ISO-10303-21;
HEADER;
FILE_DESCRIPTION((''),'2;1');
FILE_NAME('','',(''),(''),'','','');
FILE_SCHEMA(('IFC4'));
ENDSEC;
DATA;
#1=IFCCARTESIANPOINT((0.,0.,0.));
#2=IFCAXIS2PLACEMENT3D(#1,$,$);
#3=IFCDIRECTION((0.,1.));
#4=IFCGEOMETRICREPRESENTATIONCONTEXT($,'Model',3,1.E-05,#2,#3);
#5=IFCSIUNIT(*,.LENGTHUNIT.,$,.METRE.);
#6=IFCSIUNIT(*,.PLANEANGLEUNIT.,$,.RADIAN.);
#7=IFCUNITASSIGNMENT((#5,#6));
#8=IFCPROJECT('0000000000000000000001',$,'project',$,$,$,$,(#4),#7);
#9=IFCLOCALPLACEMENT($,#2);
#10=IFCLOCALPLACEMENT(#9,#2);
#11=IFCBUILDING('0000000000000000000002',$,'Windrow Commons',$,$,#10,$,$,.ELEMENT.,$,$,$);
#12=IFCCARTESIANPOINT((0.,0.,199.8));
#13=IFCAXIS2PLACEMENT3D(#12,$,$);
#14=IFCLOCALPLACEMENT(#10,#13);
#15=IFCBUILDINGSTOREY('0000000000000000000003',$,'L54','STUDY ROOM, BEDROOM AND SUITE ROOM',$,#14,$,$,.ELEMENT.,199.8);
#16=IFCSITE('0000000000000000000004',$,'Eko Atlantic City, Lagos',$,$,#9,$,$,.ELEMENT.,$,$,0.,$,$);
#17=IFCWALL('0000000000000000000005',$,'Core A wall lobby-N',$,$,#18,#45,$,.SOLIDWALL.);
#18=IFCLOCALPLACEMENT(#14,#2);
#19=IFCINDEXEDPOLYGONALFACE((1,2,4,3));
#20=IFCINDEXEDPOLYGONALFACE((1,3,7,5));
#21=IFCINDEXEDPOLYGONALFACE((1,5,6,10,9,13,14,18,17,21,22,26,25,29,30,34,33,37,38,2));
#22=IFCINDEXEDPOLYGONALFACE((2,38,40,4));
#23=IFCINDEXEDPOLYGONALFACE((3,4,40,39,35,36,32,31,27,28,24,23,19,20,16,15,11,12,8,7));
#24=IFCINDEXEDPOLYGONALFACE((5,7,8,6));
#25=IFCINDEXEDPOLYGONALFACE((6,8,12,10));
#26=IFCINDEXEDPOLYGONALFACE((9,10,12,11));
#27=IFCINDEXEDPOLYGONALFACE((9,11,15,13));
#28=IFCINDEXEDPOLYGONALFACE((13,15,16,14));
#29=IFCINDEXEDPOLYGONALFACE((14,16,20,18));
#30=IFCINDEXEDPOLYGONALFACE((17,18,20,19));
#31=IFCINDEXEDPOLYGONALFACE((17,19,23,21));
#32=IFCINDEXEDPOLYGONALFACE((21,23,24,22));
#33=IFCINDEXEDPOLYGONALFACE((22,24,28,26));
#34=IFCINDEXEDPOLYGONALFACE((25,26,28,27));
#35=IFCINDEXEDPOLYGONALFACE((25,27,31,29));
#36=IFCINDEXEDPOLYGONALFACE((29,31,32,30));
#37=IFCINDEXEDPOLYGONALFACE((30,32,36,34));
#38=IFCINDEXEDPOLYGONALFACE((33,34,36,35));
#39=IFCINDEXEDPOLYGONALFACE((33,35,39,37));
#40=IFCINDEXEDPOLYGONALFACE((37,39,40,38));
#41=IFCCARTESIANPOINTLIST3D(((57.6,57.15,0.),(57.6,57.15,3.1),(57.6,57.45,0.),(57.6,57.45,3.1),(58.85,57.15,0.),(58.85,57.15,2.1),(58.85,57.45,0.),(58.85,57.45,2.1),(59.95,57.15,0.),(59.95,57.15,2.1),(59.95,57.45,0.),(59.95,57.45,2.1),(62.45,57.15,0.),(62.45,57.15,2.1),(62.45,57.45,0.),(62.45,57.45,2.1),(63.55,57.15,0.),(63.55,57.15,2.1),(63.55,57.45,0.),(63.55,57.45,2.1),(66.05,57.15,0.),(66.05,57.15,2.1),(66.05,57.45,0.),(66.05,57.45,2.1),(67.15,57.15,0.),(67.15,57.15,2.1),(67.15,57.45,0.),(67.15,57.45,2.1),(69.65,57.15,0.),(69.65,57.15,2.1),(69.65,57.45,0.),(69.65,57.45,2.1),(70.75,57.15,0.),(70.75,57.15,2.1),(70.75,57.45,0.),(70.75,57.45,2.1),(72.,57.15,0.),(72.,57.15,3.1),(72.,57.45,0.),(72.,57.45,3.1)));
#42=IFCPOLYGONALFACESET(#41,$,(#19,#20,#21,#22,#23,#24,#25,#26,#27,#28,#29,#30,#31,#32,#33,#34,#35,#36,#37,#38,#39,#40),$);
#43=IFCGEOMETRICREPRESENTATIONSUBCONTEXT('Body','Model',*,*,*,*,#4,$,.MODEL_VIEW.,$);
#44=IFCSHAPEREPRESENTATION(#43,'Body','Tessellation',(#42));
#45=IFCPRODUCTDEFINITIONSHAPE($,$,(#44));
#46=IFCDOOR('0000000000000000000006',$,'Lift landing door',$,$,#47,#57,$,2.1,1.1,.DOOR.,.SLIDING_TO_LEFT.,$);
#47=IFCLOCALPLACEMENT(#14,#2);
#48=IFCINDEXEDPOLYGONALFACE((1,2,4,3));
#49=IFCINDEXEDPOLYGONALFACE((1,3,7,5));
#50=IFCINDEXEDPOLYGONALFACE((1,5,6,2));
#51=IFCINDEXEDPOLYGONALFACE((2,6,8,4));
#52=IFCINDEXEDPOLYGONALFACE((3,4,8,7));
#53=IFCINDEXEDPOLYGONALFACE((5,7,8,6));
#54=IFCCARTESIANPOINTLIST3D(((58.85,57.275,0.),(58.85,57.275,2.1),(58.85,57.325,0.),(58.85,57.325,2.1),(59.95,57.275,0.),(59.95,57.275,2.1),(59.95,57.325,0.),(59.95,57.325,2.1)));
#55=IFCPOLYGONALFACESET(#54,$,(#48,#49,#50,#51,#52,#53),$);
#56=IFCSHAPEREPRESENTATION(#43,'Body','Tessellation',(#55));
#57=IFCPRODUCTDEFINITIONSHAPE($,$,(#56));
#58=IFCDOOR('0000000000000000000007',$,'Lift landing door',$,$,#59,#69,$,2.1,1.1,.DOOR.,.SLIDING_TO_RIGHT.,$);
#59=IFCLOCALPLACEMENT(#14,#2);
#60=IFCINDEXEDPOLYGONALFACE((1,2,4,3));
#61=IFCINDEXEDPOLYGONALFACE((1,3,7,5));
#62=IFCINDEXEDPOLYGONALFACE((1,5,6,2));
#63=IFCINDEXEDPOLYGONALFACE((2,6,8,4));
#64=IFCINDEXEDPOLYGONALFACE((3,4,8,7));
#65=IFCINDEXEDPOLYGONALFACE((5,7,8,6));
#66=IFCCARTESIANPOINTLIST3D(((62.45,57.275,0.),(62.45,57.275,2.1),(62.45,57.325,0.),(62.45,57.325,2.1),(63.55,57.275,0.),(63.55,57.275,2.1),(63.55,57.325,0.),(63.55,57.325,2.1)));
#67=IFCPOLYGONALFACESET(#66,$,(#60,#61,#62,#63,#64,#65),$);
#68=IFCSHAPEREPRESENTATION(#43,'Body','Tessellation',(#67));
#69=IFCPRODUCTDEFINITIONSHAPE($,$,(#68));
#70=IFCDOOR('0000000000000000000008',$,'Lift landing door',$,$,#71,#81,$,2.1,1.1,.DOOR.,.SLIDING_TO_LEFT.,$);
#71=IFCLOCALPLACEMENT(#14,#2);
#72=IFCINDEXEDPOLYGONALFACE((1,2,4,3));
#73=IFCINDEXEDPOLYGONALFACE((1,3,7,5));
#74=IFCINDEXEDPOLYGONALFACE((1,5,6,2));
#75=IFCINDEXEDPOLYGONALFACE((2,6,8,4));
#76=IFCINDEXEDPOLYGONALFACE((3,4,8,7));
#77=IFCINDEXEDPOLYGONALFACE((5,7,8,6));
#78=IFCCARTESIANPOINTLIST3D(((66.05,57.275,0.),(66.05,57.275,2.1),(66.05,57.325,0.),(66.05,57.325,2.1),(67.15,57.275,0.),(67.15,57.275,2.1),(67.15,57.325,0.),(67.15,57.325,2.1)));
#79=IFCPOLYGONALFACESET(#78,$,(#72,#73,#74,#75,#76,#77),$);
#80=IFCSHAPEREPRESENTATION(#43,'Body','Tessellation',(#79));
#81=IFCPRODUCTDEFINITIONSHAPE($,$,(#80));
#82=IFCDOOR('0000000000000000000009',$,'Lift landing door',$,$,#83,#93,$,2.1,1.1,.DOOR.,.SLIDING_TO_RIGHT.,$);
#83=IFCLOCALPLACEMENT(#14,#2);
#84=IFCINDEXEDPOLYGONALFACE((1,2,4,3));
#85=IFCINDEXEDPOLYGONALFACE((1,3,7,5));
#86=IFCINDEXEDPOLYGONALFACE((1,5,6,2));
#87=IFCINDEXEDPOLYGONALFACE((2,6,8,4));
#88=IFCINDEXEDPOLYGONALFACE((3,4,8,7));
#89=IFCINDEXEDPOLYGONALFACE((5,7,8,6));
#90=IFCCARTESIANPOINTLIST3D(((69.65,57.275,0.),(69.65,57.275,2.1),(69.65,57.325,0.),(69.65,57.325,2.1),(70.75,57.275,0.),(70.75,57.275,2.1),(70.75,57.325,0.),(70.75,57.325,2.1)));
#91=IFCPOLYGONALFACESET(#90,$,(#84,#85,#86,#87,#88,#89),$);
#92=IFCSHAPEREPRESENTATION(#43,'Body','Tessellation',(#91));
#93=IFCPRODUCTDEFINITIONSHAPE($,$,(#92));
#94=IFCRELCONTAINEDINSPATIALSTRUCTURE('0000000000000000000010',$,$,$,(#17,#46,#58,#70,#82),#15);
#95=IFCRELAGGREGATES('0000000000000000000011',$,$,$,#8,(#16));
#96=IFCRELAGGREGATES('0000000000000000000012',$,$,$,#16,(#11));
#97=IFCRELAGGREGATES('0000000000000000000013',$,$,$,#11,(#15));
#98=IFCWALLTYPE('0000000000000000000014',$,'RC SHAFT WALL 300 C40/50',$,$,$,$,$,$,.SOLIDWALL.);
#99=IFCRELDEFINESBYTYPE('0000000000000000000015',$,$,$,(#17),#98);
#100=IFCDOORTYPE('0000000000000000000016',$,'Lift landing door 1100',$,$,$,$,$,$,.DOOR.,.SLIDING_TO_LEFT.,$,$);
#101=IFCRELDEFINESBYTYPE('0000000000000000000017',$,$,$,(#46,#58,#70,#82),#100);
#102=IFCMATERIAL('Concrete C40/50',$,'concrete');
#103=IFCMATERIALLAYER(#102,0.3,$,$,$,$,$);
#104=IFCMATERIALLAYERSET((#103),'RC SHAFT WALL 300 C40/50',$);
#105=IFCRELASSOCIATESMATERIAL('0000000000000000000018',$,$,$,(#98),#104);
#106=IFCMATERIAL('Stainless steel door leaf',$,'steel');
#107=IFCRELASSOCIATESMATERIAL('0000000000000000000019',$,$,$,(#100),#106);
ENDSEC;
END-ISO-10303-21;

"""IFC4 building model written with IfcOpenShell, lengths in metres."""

from ifc_helpers import new_model, si_unit, direction, frame, frame_2d, origin, place, context, subcontext, project, spatial, rectangle, extrude, material, layer, layer_set, type_object, element, fill, save


model = new_model("IFC4")

# Units and contexts
model_context = context("Model", 3, precision=1e-05, world=origin(), true_north=direction((0.0, 1.0)))
body_context = subcontext(model_context, "Body", "Model", "MODEL_VIEW")
ifc_project = project(units=[si_unit("LENGTHUNIT", "METRE"), si_unit("PLANEANGLEUNIT", "RADIAN")], contexts=[model_context])

# Site, building, storey
site_placement = place(None, origin())
site = spatial("IfcSite", under=ifc_project, at=site_placement, Name="Eko Atlantic City, Lagos", CompositionType="ELEMENT", RefElevation=0.0)
building_placement = place(site_placement, origin())
building = spatial("IfcBuilding", under=site, at=building_placement, Name="Windrow Commons", CompositionType="ELEMENT")
storey_placement = place(building_placement, frame((0.0, 0.0, 199.8)))
storey = spatial("IfcBuildingStorey", under=building, at=storey_placement, Name="L54", Description="STUDY ROOM, BEDROOM AND SUITE ROOM", CompositionType="ELEMENT", Elevation=199.8)

# Wall, openings, doors
ifc_material_1 = material(Name="Concrete C40/50", Category="concrete")
ifc_layer_1 = layer(ifc_material_1, 0.3)
ifc_layer_set_1 = layer_set([ifc_layer_1], Name="RC SHAFT WALL 300 C40/50")
wall_type_1 = type_object("IfcWallType", Name="RC SHAFT WALL 300 C40/50", PredefinedType="SOLIDWALL", material=ifc_layer_set_1)
ifc_material_2 = material(Name="Stainless steel door leaf", Category="steel")
door_type_1 = type_object("IfcDoorType", Name="Lift landing door 1100", OperationType="SLIDING_TO_LEFT", PredefinedType="DOOR", material=ifc_material_2)
wall_1_placement = place(storey_placement, frame((57.6, 57.3, 0.0), z_axis=(0.0, 0.0, 1.0), x_axis=(1.0, 0.0, 0.0)))
wall_1 = element("IfcWall", 1, at=wall_1_placement, inside=storey, type_object=wall_type_1, Name="Core A wall lobby-N", PredefinedType="SOLIDWALL", context=body_context, shape_type="SweptSolid", body=[
    extrude(rectangle(XDim=14.4, YDim=0.3, at=frame_2d((7.2, 0.0))), origin(), (0.0, 0.0, 1.0), 3.1),
])
opening_1_placement = place(wall_1_placement, frame((1.25, 0.0, 0.0)))
opening_1 = element("IfcOpeningElement", 2, at=opening_1_placement, cuts=wall_1, PredefinedType="OPENING", context=body_context, shape_type="SweptSolid", body=[
    extrude(rectangle(XDim=1.1, YDim=2.1, at=frame_2d((0.55, 1.05))), frame((0.0, 0.16, 0.0), z_axis=(0.0, -1.0, 0.0), x_axis=(1.0, 0.0, 0.0)), (0.0, 0.0, 1.0), 0.32),
])
opening_2_placement = place(wall_1_placement, frame((4.85, 0.0, 0.0)))
opening_2 = element("IfcOpeningElement", 3, at=opening_2_placement, cuts=wall_1, PredefinedType="OPENING", context=body_context, shape_type="SweptSolid", body=[
    extrude(rectangle(XDim=1.1, YDim=2.1, at=frame_2d((0.55, 1.05))), frame((0.0, 0.16, 0.0), z_axis=(0.0, -1.0, 0.0), x_axis=(1.0, 0.0, 0.0)), (0.0, 0.0, 1.0), 0.32),
])
opening_3_placement = place(wall_1_placement, frame((8.45, 0.0, 0.0)))
opening_3 = element("IfcOpeningElement", 4, at=opening_3_placement, cuts=wall_1, PredefinedType="OPENING", context=body_context, shape_type="SweptSolid", body=[
    extrude(rectangle(XDim=1.1, YDim=2.1, at=frame_2d((0.55, 1.05))), frame((0.0, 0.16, 0.0), z_axis=(0.0, -1.0, 0.0), x_axis=(1.0, 0.0, 0.0)), (0.0, 0.0, 1.0), 0.32),
])
opening_4_placement = place(wall_1_placement, frame((12.05, 0.0, 0.0)))
opening_4 = element("IfcOpeningElement", 5, at=opening_4_placement, cuts=wall_1, PredefinedType="OPENING", context=body_context, shape_type="SweptSolid", body=[
    extrude(rectangle(XDim=1.1, YDim=2.1, at=frame_2d((0.55, 1.05))), frame((0.0, 0.16, 0.0), z_axis=(0.0, -1.0, 0.0), x_axis=(1.0, 0.0, 0.0)), (0.0, 0.0, 1.0), 0.32),
])
door_1_placement = place(opening_1_placement, origin())
door_1 = element("IfcDoor", 6, at=door_1_placement, inside=storey, type_object=door_type_1, Name="Lift landing door", OperationType="SLIDING_TO_LEFT", OverallHeight=2.1, OverallWidth=1.1, PredefinedType="DOOR", context=body_context, shape_type="SweptSolid", body=[
    extrude(rectangle(XDim=1.1, YDim=2.1, at=frame_2d((0.55, 1.05))), frame((0.0, 0.025, 0.0), z_axis=(0.0, -1.0, 0.0), x_axis=(1.0, 0.0, 0.0)), (0.0, 0.0, 1.0), 0.05),
])
fill(opening_1, door_1)
door_2_placement = place(opening_2_placement, origin())
door_2 = element("IfcDoor", 7, at=door_2_placement, inside=storey, type_object=door_type_1, Name="Lift landing door", OperationType="SLIDING_TO_RIGHT", OverallHeight=2.1, OverallWidth=1.1, PredefinedType="DOOR", context=body_context, shape_type="SweptSolid", body=[
    extrude(rectangle(XDim=1.1, YDim=2.1, at=frame_2d((0.55, 1.05))), frame((0.0, 0.025, 0.0), z_axis=(0.0, -1.0, 0.0), x_axis=(1.0, 0.0, 0.0)), (0.0, 0.0, 1.0), 0.05),
])
fill(opening_2, door_2)
door_3_placement = place(opening_3_placement, origin())
door_3 = element("IfcDoor", 8, at=door_3_placement, inside=storey, type_object=door_type_1, Name="Lift landing door", OperationType="SLIDING_TO_LEFT", OverallHeight=2.1, OverallWidth=1.1, PredefinedType="DOOR", context=body_context, shape_type="SweptSolid", body=[
    extrude(rectangle(XDim=1.1, YDim=2.1, at=frame_2d((0.55, 1.05))), frame((0.0, 0.025, 0.0), z_axis=(0.0, -1.0, 0.0), x_axis=(1.0, 0.0, 0.0)), (0.0, 0.0, 1.0), 0.05),
])
fill(opening_3, door_3)
door_4_placement = place(opening_4_placement, origin())
door_4 = element("IfcDoor", 9, at=door_4_placement, inside=storey, type_object=door_type_1, Name="Lift landing door", OperationType="SLIDING_TO_RIGHT", OverallHeight=2.1, OverallWidth=1.1, PredefinedType="DOOR", context=body_context, shape_type="SweptSolid", body=[
    extrude(rectangle(XDim=1.1, YDim=2.1, at=frame_2d((0.55, 1.05))), frame((0.0, 0.025, 0.0), z_axis=(0.0, -1.0, 0.0), x_axis=(1.0, 0.0, 0.0)), (0.0, 0.0, 1.0), 0.05),
])
fill(opening_4, door_4)

save(model, "model.ifc")
